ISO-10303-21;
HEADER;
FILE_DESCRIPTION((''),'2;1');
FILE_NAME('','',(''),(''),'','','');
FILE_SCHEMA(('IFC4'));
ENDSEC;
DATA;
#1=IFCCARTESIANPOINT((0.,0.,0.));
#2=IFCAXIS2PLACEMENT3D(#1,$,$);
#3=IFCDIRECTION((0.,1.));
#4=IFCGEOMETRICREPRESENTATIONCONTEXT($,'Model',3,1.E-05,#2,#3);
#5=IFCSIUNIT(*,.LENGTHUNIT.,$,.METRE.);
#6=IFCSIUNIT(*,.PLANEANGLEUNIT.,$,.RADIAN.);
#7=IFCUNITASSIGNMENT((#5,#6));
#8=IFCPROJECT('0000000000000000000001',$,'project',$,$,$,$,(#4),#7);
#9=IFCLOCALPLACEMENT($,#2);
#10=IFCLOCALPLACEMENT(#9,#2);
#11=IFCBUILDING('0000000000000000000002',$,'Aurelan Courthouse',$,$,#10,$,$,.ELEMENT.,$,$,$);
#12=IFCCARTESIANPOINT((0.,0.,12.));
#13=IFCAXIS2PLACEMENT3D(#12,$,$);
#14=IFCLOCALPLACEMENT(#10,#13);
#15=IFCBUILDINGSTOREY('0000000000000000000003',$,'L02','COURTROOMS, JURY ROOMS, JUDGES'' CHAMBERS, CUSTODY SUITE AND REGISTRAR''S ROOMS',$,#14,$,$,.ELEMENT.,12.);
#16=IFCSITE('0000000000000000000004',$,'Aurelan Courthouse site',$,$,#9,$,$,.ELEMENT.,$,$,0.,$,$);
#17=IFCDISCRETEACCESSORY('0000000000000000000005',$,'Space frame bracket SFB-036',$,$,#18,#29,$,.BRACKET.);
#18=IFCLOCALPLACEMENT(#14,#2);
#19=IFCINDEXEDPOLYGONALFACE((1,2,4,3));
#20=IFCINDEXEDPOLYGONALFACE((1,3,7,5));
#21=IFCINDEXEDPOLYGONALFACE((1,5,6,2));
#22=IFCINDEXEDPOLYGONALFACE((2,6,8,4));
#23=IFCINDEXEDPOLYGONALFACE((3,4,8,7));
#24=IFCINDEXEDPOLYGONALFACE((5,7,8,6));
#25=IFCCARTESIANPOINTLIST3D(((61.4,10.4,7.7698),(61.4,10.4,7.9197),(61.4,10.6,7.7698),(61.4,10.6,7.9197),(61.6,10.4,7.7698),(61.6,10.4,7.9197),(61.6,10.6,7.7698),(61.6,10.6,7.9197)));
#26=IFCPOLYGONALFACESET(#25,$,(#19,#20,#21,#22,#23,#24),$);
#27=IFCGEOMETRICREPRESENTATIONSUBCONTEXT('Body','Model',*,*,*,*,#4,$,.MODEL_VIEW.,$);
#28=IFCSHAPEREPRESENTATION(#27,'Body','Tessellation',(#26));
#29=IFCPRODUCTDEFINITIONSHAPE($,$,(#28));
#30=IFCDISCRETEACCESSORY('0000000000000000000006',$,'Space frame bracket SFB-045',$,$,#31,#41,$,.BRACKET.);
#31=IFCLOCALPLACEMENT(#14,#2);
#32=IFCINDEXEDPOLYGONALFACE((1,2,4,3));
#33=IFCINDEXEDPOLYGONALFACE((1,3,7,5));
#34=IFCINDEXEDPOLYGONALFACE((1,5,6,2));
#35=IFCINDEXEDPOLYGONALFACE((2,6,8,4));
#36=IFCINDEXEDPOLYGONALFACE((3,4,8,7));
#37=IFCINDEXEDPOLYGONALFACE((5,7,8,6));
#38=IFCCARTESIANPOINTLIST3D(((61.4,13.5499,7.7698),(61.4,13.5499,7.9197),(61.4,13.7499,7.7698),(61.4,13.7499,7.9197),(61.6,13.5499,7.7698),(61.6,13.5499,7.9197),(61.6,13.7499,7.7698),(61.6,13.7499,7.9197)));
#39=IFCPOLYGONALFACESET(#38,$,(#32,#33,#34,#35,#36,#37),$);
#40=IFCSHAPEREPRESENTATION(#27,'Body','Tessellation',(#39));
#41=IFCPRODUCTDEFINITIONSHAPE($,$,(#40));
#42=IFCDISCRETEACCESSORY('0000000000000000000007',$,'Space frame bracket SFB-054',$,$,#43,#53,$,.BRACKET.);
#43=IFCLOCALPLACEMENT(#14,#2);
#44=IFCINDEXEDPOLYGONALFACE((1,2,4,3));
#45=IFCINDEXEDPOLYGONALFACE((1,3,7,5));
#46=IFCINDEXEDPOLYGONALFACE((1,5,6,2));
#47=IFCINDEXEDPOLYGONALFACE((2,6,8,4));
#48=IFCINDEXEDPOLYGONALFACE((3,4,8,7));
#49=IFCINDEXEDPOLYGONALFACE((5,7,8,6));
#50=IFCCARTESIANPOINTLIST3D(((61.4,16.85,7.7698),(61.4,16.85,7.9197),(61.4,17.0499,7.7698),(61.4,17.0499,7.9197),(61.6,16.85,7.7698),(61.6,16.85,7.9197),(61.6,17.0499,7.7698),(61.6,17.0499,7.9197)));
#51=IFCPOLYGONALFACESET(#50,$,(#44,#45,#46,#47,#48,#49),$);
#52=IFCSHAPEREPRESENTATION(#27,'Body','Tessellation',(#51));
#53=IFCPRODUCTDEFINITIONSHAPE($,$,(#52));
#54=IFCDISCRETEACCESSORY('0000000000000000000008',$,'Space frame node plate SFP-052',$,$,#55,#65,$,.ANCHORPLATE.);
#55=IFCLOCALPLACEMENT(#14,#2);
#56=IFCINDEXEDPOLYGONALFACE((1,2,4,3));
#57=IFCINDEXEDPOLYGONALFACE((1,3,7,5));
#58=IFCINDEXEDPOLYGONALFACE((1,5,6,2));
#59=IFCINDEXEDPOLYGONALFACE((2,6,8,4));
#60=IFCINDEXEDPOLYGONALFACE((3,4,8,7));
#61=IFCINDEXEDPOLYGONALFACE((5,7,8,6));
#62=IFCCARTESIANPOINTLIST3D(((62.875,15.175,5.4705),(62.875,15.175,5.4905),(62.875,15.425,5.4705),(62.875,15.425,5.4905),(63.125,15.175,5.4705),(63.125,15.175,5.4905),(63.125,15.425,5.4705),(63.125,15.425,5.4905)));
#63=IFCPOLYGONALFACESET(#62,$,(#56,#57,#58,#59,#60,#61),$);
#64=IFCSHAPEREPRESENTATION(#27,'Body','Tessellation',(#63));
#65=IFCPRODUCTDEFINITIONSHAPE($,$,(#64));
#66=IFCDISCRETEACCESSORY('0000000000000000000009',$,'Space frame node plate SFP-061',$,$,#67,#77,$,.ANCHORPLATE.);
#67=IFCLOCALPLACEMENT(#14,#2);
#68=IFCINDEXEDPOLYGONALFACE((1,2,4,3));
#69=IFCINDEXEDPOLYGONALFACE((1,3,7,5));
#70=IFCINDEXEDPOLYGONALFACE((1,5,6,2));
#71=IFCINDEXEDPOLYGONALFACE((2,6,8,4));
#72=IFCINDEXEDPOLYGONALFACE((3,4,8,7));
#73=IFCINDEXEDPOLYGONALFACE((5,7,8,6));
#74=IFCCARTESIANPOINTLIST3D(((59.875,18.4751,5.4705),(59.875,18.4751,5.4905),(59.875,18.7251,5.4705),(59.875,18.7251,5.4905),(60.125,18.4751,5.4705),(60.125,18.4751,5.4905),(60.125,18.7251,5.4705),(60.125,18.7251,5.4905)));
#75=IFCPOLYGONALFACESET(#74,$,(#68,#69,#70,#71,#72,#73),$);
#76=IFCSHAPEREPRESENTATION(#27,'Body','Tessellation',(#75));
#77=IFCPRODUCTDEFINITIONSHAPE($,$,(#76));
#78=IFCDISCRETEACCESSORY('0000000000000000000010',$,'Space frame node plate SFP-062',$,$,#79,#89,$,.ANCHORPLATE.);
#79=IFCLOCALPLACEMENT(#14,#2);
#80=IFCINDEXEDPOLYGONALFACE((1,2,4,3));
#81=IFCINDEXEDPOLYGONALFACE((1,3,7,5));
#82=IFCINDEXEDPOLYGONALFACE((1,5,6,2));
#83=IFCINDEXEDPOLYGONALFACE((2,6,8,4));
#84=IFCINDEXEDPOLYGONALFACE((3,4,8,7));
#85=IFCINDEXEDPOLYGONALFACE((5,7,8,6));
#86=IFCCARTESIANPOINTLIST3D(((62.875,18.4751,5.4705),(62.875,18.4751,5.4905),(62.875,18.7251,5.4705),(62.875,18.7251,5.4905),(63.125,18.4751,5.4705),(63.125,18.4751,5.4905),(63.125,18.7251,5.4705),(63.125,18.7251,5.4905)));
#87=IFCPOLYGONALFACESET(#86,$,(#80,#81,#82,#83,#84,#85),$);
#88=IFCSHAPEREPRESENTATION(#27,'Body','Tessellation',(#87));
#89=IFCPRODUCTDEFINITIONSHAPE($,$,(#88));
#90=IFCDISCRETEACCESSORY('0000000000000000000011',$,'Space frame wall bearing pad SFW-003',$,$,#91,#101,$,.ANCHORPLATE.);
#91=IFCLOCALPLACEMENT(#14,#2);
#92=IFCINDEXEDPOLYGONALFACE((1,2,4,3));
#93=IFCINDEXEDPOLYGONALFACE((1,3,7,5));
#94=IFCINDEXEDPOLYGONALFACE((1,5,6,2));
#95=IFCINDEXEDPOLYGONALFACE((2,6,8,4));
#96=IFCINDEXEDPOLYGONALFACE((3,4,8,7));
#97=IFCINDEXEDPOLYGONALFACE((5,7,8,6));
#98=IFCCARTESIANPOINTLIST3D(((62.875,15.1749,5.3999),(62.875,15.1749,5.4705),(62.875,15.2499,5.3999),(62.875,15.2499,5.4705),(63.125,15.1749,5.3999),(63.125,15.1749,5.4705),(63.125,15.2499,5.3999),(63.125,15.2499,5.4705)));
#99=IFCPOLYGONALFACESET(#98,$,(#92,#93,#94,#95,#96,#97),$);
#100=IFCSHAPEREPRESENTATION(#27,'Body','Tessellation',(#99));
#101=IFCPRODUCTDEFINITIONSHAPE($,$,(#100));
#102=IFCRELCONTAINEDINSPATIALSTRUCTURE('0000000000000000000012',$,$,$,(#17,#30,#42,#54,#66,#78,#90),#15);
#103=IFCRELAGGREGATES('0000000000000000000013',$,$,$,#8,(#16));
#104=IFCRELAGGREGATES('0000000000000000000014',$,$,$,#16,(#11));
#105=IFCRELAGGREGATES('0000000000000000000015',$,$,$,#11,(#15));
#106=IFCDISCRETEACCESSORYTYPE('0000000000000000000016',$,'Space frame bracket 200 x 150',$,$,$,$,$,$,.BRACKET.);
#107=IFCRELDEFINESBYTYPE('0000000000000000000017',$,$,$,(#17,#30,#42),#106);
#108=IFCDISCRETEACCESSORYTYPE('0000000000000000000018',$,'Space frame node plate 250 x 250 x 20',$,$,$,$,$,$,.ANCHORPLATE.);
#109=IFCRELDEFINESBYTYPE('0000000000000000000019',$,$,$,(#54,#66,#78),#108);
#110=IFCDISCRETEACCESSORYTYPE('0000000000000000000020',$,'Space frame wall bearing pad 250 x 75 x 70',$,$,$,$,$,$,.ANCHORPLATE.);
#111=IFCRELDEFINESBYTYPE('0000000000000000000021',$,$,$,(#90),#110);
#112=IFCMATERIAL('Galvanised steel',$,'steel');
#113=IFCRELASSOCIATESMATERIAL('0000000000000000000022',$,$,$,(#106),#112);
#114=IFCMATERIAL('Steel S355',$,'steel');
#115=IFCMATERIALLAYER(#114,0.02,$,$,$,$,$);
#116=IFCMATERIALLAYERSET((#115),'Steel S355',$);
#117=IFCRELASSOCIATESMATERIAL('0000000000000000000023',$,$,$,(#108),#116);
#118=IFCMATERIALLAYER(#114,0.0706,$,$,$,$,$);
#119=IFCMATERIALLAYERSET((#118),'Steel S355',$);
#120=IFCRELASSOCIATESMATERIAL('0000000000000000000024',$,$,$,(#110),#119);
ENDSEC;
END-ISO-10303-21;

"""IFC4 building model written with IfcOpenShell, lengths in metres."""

from ifc_helpers import new_model, si_unit, direction, frame, origin, origin_2d, place, context, subcontext, project, spatial, rectangle, extrude, material, layer, layer_set, type_object, element, save


model = new_model("IFC4")

# Units and contexts
model_context = context("Model", 3, precision=1e-05, world=origin(), true_north=direction((0.0, 1.0)))
body_context = subcontext(model_context, "Body", "Model", "MODEL_VIEW")
ifc_project = project(units=[si_unit("LENGTHUNIT", "METRE"), si_unit("PLANEANGLEUNIT", "RADIAN")], contexts=[model_context])

# Site, building, storey
site_placement = place(None, origin())
site = spatial("IfcSite", under=ifc_project, at=site_placement, Name="Aurelan Courthouse site", CompositionType="ELEMENT", RefElevation=0.0)
building_placement = place(site_placement, origin())
building = spatial("IfcBuilding", under=site, at=building_placement, Name="Aurelan Courthouse", CompositionType="ELEMENT")
storey_placement = place(building_placement, frame((0.0, 0.0, 12.0)))
storey = spatial("IfcBuildingStorey", under=building, at=storey_placement, Name="L02", Description="COURTROOMS, JURY ROOMS, JUDGES' CHAMBERS, CUSTODY SUITE AND REGISTRAR'S ROOMS", CompositionType="ELEMENT", Elevation=12.0)

# Shared definitions
ifc_material_1 = material(Name="Steel S355", Category="steel")

# Discrete accessories
ifc_material_2 = material(Name="Galvanised steel", Category="steel")
discrete_accessory_type_1 = type_object("IfcDiscreteAccessoryType", Name="Space frame bracket 200 x 150", PredefinedType="BRACKET", material=ifc_material_2)
for number, where, z_axis, x_axis, name in (
    (1, (61.5, 10.5, 7.7698), (0.0, 0.0, 1.0), (1.0, 0.0, 0.0), "Space frame bracket SFB-036"),
    (2, (61.5, 13.6499, 7.7698), (0.0, 0.0, 1.0), (1.0, 0.0, 0.0), "Space frame bracket SFB-045"),
    (3, (61.5, 16.95, 7.7698), (0.0, 0.0, 1.0), (1.0, 0.0, 0.0), "Space frame bracket SFB-054"),
):
    element("IfcDiscreteAccessory", number, at=place(storey_placement, frame(where, z_axis=z_axis, x_axis=x_axis)), inside=storey, type_object=discrete_accessory_type_1, Name=name, PredefinedType="BRACKET", context=body_context, shape_type="SweptSolid", body=[
        extrude(rectangle(XDim=0.2, YDim=0.2, at=origin_2d()), origin(), (0.0, 0.0, 1.0), 0.1499),
    ])
ifc_layer_1 = layer(ifc_material_1, 0.02)
ifc_layer_set_1 = layer_set([ifc_layer_1], Name="Steel S355")
discrete_accessory_type_2 = type_object("IfcDiscreteAccessoryType", Name="Space frame node plate 250 x 250 x 20", PredefinedType="ANCHORPLATE", material=ifc_layer_set_1)
for number, where, z_axis, x_axis, name in (
    (4, (63.0, 15.3, 5.4705), (0.0, 0.0, 1.0), (1.0, 0.0, 0.0), "Space frame node plate SFP-052"),
    (5, (60.0, 18.6001, 5.4705), (0.0, 0.0, 1.0), (1.0, 0.0, 0.0), "Space frame node plate SFP-061"),
    (6, (63.0, 18.6001, 5.4705), (0.0, 0.0, 1.0), (1.0, 0.0, 0.0), "Space frame node plate SFP-062"),
):
    element("IfcDiscreteAccessory", number, at=place(storey_placement, frame(where, z_axis=z_axis, x_axis=x_axis)), inside=storey, type_object=discrete_accessory_type_2, Name=name, PredefinedType="ANCHORPLATE", context=body_context, shape_type="SweptSolid", body=[
        extrude(rectangle(XDim=0.25, YDim=0.25, at=origin_2d()), origin(), (0.0, 0.0, 1.0), 0.02),
    ])
ifc_layer_2 = layer(ifc_material_1, 0.0706)
ifc_layer_set_2 = layer_set([ifc_layer_2], Name="Steel S355")
discrete_accessory_type_3 = type_object("IfcDiscreteAccessoryType", Name="Space frame wall bearing pad 250 x 75 x 70", PredefinedType="ANCHORPLATE", material=ifc_layer_set_2)
discrete_accessory_placement = place(storey_placement, frame((63.0, 15.2124, 5.3999), z_axis=(0.0, 0.0, 1.0), x_axis=(1.0, 0.0, 0.0)))
element("IfcDiscreteAccessory", 7, at=discrete_accessory_placement, inside=storey, type_object=discrete_accessory_type_3, Name="Space frame wall bearing pad SFW-003", PredefinedType="ANCHORPLATE", context=body_context, shape_type="SweptSolid", body=[
    extrude(rectangle(XDim=0.25, YDim=0.075, at=origin_2d()), origin(), (0.0, 0.0, 1.0), 0.0706),
])

save(model, "model.ifc")
